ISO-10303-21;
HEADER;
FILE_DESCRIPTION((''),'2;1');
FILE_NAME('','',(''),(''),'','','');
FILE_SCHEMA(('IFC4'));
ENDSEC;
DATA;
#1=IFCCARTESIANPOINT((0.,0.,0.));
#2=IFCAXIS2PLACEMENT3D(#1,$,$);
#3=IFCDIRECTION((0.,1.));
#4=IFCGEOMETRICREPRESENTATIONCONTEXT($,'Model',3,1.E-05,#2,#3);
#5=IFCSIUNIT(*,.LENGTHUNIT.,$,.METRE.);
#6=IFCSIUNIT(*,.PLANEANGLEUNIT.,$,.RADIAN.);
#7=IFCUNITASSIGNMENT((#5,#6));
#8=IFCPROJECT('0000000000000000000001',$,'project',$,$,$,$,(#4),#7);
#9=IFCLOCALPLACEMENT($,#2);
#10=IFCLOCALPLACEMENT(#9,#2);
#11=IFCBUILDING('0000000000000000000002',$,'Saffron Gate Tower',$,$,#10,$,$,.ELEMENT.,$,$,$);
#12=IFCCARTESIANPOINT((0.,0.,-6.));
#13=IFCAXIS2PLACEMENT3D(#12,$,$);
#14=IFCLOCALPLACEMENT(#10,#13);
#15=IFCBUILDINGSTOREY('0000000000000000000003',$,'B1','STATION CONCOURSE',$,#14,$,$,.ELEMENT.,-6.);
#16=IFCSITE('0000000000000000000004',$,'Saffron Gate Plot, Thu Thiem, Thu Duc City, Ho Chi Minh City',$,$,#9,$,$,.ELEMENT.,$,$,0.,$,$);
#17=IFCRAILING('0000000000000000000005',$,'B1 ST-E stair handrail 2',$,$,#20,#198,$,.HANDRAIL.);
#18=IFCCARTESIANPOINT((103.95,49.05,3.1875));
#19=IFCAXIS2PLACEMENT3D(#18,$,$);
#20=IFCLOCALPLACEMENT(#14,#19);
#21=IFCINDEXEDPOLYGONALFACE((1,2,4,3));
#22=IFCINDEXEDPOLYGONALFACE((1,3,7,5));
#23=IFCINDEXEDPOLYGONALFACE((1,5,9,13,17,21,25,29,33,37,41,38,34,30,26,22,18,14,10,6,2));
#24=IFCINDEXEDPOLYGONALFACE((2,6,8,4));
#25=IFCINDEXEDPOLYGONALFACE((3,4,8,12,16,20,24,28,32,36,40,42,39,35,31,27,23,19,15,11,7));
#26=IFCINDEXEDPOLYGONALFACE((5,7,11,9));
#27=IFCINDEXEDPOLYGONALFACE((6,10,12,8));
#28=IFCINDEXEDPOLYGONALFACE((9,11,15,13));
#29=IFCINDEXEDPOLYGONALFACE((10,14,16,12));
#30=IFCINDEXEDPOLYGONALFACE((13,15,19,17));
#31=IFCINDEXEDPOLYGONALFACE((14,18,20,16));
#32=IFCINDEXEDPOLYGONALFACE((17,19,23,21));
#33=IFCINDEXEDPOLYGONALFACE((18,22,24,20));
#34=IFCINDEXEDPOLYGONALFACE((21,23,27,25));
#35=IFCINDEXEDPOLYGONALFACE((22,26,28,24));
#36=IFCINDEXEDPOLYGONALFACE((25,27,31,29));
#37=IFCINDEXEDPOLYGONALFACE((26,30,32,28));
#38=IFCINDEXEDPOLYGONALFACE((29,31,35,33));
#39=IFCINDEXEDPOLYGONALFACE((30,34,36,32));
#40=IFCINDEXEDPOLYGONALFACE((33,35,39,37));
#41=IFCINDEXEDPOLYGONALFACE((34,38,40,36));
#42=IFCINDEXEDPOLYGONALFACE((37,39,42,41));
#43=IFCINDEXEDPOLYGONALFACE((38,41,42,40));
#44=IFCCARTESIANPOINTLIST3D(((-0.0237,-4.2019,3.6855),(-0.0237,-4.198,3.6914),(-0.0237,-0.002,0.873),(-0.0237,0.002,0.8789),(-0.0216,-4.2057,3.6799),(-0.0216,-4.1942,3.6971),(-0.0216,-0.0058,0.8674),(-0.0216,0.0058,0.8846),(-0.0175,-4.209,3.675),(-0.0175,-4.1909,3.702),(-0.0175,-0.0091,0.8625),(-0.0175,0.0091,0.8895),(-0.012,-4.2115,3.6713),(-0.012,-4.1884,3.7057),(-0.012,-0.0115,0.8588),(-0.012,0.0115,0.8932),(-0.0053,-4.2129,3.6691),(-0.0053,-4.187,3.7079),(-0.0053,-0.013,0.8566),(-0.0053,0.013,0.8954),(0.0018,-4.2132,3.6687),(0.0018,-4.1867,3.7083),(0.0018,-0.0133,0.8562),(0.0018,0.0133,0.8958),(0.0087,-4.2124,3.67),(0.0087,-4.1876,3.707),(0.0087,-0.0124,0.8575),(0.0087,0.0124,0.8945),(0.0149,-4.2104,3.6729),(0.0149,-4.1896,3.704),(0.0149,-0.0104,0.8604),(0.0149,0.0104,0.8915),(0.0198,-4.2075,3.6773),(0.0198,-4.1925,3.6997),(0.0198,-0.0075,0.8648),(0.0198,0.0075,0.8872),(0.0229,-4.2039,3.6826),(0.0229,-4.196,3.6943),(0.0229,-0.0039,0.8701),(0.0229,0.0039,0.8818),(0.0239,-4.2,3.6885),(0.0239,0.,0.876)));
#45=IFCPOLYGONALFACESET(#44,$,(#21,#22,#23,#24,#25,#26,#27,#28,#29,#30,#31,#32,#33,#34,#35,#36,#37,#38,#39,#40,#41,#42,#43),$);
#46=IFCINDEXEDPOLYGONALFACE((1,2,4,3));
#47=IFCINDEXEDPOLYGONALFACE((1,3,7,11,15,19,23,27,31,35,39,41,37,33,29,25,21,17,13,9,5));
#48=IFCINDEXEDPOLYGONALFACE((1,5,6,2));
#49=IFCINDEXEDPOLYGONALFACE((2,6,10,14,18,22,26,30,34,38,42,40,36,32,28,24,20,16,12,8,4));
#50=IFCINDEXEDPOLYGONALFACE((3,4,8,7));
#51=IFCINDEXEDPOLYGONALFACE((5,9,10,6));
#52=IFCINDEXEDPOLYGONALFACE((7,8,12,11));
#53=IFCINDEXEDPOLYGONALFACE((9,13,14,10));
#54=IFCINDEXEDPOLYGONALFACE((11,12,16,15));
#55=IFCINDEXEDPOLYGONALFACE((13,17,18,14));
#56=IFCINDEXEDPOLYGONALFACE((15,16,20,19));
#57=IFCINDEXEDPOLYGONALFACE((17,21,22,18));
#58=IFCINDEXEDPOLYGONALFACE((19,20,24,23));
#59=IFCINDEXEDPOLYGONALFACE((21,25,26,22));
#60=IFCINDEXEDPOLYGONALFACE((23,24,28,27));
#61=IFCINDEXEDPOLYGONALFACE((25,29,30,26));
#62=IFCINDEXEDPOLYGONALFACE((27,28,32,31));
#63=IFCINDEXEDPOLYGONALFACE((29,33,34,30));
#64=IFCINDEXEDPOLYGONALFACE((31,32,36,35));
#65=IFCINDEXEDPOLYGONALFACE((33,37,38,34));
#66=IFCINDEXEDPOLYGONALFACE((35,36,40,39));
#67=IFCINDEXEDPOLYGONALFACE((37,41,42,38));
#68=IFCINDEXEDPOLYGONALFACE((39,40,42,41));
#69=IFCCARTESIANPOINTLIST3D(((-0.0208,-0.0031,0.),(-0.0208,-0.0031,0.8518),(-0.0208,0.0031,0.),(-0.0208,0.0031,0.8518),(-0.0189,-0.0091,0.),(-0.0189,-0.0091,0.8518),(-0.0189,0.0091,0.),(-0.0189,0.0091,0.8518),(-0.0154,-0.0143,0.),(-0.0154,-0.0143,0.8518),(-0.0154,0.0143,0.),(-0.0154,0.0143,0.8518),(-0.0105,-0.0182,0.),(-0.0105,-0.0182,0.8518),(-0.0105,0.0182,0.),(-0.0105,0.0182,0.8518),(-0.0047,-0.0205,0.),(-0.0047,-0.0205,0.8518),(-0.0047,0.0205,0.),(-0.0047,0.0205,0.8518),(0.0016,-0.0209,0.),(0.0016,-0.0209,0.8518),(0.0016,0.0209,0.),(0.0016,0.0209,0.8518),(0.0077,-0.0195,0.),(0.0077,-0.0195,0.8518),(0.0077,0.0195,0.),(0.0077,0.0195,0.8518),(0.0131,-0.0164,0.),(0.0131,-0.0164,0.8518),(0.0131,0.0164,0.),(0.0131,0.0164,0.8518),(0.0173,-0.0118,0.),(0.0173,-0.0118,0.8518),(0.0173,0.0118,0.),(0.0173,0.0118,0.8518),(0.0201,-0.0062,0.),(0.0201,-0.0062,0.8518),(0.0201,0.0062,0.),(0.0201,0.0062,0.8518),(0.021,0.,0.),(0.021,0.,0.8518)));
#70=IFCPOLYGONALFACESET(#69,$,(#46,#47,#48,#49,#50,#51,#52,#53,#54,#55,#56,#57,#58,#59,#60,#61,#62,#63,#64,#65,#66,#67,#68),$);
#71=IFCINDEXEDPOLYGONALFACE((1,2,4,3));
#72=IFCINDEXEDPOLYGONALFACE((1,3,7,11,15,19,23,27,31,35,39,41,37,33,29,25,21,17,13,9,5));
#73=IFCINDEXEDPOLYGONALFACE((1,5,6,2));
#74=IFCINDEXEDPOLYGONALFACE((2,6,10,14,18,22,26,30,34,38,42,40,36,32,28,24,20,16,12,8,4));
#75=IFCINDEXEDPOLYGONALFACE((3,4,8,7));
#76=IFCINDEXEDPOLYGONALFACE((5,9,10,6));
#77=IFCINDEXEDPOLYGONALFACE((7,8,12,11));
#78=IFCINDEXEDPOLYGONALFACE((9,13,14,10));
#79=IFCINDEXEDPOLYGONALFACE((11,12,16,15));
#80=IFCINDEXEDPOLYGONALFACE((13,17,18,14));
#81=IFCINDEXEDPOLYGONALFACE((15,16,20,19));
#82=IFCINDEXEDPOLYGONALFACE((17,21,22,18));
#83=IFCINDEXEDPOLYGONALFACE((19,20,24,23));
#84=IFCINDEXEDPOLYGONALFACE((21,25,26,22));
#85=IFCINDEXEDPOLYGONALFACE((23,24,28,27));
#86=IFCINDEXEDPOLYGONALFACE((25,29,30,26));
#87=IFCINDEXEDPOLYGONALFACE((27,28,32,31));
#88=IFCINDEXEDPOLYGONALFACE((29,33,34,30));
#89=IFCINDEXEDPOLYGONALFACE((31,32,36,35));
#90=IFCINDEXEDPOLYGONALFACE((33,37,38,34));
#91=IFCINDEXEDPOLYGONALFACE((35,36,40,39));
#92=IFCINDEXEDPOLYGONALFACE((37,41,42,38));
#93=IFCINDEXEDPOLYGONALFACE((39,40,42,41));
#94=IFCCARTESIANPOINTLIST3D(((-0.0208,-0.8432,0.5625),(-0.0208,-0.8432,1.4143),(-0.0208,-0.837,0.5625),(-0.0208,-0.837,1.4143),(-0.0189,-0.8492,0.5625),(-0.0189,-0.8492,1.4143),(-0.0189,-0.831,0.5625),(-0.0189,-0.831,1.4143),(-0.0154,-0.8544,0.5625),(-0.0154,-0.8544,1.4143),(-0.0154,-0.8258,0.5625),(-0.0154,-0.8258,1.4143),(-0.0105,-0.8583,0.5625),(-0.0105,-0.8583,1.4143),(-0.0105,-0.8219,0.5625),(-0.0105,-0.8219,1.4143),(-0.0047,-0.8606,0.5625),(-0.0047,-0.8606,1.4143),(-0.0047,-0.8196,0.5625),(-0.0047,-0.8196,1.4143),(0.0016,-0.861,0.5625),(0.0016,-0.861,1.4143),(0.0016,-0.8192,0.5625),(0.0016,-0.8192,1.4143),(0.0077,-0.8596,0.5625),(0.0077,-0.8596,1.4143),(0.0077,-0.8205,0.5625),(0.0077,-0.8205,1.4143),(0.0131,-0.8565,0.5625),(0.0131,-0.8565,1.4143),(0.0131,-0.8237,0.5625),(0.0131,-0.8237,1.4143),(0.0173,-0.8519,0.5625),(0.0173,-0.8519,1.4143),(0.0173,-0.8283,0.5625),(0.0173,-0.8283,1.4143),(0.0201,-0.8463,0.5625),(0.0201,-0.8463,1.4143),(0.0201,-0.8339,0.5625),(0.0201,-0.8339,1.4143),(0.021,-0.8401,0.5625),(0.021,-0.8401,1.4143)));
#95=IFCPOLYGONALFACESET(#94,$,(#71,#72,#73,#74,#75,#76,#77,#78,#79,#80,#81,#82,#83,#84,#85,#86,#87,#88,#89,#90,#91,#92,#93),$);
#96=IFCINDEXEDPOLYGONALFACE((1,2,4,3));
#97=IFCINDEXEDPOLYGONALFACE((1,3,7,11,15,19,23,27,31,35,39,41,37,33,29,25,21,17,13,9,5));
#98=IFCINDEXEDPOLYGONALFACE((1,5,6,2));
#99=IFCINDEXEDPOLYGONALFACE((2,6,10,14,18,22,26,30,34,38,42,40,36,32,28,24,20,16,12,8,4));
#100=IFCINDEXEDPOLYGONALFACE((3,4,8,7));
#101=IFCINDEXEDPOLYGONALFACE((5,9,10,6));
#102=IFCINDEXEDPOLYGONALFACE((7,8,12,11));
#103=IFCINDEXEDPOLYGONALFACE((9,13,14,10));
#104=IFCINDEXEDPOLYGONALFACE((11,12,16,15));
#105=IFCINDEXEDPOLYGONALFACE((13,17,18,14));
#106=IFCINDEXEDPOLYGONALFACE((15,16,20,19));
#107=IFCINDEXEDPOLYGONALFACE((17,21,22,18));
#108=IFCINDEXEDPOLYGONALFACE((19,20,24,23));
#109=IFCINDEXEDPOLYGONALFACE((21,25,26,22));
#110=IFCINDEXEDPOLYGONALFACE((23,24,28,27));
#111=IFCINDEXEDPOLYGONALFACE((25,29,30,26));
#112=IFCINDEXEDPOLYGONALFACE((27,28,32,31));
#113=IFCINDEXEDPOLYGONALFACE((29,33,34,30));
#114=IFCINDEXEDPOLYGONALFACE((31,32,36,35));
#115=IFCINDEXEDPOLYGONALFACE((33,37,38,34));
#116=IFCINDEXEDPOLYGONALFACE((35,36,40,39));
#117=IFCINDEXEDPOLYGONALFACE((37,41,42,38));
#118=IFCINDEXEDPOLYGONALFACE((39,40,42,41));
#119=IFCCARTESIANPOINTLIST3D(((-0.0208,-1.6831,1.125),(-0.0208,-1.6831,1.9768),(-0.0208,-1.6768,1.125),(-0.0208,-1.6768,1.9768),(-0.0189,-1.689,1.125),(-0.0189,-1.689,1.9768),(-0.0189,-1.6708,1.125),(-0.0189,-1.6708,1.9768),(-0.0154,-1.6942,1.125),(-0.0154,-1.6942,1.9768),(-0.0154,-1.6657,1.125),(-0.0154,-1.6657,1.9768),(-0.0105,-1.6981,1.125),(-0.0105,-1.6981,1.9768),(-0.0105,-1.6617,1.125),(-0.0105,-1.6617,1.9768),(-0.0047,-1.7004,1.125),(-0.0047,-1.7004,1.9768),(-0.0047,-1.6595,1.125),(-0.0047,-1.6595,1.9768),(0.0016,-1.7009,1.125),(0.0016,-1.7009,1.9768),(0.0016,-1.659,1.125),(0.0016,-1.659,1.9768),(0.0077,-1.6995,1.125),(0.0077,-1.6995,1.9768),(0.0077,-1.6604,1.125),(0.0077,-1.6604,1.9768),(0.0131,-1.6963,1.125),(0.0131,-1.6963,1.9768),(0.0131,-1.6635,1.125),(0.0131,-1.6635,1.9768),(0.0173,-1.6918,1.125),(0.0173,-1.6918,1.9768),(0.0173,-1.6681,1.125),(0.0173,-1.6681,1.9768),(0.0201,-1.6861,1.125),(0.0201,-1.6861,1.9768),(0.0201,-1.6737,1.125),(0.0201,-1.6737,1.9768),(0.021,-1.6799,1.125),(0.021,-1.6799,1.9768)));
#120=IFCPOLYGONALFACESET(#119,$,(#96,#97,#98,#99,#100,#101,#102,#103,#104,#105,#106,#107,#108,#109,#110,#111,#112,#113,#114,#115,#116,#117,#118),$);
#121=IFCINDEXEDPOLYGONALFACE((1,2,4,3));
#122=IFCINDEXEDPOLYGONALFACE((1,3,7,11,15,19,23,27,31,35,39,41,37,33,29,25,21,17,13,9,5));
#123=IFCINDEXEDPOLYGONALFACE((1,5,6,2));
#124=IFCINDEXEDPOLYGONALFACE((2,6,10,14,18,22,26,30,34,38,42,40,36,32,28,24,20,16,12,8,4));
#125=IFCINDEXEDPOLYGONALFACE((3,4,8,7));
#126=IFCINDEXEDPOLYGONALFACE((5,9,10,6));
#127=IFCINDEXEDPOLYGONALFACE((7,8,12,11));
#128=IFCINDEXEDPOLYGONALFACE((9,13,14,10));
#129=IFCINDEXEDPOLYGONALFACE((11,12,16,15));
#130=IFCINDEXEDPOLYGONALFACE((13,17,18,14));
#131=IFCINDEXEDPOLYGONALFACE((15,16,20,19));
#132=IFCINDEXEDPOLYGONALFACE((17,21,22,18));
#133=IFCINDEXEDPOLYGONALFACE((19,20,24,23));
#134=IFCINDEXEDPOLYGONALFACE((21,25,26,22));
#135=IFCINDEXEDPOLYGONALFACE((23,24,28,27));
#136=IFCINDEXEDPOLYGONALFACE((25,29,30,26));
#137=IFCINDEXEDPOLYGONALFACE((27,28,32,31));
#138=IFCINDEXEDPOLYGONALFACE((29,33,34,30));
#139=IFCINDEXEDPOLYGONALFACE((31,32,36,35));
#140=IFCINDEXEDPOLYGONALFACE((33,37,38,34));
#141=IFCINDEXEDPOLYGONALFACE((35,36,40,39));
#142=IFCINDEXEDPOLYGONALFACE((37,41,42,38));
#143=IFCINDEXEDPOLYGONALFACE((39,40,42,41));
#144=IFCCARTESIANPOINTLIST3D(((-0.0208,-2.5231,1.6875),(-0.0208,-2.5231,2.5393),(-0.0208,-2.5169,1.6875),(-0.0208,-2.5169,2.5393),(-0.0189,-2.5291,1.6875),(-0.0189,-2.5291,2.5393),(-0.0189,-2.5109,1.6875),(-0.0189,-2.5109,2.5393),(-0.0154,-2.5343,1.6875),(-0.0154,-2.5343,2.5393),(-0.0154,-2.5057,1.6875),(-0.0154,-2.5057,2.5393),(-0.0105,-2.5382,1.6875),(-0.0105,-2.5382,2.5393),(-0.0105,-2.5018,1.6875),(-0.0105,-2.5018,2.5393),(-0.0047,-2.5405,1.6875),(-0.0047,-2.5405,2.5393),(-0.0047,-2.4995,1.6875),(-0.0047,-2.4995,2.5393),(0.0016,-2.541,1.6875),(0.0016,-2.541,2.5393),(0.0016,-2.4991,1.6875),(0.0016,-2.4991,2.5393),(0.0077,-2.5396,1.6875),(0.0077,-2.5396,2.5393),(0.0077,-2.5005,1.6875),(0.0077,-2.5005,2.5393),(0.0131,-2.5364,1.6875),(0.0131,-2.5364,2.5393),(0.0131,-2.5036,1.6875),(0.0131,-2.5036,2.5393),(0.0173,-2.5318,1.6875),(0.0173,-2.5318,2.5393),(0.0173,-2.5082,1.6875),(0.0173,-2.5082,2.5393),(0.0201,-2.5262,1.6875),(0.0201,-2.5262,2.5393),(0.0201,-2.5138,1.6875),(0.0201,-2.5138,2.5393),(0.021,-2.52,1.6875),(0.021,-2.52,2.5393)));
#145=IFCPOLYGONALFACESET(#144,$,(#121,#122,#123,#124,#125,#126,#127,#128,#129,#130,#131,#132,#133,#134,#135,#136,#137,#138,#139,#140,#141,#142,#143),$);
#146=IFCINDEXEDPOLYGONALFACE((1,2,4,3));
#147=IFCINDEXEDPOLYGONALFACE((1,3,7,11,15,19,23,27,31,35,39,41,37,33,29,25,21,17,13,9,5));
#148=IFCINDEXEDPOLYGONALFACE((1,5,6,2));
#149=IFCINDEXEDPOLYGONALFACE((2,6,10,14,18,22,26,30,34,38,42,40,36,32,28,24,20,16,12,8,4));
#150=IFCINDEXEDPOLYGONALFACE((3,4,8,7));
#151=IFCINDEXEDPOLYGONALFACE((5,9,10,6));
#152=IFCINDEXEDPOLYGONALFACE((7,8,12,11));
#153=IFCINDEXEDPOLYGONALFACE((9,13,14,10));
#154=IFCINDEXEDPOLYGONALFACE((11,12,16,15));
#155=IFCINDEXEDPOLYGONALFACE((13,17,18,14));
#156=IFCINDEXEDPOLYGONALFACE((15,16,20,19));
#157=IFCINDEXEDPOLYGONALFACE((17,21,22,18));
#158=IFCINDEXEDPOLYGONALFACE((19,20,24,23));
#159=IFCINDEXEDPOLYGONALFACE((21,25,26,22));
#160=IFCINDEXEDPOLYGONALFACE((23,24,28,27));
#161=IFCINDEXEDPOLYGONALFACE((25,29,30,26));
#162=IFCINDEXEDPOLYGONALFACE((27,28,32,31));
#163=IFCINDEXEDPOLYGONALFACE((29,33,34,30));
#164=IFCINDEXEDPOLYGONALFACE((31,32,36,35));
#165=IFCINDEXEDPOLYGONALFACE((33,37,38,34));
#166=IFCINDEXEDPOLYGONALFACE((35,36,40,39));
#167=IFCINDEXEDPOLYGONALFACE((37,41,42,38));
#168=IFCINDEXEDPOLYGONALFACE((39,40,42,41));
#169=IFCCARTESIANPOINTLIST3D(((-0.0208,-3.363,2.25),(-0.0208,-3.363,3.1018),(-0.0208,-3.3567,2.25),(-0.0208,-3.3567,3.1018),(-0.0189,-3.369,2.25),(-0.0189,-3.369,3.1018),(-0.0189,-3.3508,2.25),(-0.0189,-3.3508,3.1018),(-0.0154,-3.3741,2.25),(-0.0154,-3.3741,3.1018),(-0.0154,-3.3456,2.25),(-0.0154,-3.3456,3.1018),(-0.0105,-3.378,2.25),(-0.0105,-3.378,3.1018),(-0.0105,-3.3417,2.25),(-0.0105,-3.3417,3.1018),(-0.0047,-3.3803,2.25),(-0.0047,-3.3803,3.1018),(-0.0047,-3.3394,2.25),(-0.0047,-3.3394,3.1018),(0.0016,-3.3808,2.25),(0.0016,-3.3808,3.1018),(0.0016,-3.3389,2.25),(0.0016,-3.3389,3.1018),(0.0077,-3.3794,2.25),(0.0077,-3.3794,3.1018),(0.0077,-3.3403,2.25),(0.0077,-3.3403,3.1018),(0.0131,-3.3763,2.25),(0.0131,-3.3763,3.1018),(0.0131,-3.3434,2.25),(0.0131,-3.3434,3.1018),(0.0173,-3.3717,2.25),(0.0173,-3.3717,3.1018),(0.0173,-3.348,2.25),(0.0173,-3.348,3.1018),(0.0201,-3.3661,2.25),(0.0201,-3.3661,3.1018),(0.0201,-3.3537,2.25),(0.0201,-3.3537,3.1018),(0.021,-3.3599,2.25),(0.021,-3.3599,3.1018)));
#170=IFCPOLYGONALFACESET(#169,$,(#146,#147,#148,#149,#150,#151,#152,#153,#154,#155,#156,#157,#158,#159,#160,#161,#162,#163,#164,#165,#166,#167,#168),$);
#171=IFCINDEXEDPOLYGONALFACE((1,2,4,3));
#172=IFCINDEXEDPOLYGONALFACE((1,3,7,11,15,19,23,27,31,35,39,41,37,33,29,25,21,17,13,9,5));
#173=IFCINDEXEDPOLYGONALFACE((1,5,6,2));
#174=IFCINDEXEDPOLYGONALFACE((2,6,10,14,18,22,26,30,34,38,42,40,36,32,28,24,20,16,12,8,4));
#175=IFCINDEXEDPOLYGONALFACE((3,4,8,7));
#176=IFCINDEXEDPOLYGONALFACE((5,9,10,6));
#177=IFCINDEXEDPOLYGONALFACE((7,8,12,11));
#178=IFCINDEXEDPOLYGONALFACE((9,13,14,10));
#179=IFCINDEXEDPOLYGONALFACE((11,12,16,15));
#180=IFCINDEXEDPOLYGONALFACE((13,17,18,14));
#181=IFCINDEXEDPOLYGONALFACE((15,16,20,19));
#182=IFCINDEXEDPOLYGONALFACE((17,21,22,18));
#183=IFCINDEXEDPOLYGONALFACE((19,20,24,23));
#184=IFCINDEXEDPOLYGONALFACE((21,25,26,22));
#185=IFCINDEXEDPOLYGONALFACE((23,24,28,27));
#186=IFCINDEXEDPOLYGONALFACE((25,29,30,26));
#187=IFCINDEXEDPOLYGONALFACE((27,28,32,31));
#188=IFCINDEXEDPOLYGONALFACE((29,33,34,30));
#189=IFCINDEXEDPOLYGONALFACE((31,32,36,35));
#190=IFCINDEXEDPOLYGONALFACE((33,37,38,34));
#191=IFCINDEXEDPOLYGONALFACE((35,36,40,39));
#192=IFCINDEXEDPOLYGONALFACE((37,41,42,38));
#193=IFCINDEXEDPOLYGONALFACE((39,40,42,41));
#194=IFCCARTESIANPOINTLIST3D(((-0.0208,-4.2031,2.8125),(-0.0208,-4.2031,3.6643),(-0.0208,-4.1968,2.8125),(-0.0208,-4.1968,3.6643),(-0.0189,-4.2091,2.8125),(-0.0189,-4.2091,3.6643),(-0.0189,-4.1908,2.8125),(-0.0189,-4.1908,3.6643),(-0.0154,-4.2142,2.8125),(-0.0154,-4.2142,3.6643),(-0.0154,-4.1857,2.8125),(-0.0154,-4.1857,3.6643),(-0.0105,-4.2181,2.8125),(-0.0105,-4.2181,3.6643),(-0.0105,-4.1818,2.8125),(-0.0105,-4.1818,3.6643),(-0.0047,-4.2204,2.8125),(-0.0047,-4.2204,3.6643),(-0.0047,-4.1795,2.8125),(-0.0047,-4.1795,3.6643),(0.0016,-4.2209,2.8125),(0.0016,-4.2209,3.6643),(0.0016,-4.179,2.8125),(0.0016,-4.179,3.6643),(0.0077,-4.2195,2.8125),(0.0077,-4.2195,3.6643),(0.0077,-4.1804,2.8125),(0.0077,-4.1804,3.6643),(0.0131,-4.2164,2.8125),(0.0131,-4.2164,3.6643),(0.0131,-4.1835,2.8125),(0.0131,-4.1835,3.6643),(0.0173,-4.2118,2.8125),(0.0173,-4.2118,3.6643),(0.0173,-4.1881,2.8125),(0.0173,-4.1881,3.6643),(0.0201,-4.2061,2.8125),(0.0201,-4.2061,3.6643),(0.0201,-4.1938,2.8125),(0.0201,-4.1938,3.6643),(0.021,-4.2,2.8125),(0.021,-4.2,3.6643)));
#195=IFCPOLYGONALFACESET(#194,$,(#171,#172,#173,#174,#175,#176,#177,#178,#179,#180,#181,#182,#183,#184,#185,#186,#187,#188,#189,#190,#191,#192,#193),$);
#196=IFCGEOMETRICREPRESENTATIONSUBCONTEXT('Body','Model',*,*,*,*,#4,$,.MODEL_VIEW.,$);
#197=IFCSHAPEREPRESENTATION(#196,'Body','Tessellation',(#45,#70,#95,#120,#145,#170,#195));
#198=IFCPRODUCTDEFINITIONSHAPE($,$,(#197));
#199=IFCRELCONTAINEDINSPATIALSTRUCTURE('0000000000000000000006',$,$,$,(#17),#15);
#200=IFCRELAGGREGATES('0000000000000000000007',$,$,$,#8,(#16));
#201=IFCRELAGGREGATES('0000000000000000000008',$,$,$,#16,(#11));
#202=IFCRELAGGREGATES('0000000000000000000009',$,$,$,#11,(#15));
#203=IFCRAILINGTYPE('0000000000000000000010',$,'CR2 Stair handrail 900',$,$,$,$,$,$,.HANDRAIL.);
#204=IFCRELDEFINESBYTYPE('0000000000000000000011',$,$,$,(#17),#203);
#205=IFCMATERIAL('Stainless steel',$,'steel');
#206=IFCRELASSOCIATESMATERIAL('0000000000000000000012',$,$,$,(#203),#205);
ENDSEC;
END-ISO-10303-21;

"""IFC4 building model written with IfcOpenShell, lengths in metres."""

from ifc_helpers import new_model, si_unit, direction, frame, origin, origin_2d, place, context, subcontext, project, spatial, circle, extrude, material, type_object, element, save


model = new_model("IFC4")

# Units and contexts
model_context = context("Model", 3, precision=1e-05, world=origin(), true_north=direction((0.0, 1.0)))
body_context = subcontext(model_context, "Body", "Model", "MODEL_VIEW")
ifc_project = project(units=[si_unit("LENGTHUNIT", "METRE"), si_unit("PLANEANGLEUNIT", "RADIAN")], contexts=[model_context])

# Site, building, storey
site_placement = place(None, origin())
site = spatial("IfcSite", under=ifc_project, at=site_placement, Name="Saffron Gate Plot, Thu Thiem, Thu Duc City, Ho Chi Minh City", CompositionType="ELEMENT", RefElevation=0.0)
building_placement = place(site_placement, origin())
building = spatial("IfcBuilding", under=site, at=building_placement, Name="Saffron Gate Tower", CompositionType="ELEMENT")
storey_placement = place(building_placement, frame((0.0, 0.0, -6.0)))
storey = spatial("IfcBuildingStorey", under=building, at=storey_placement, Name="B1", Description="STATION CONCOURSE", CompositionType="ELEMENT", Elevation=-6.0)

# Railing
ifc_material_1 = material(Name="Stainless steel", Category="steel")
railing_type = type_object("IfcRailingType", Name="CR2 Stair handrail 900", PredefinedType="HANDRAIL", material=ifc_material_1)
railing_placement = place(storey_placement, frame((103.95, 49.05, 3.1875)))
element("IfcRailing", 1, at=railing_placement, inside=storey, type_object=railing_type, Name="B1 ST-E stair handrail 2", PredefinedType="HANDRAIL", context=body_context, shape_type="SweptSolid", body=[
    extrude(circle(Radius=0.0239, at=origin_2d()), frame((0.0, 0.0, 0.876), z_axis=(0.0, -0.830904, 0.556416), x_axis=(1.0, 0.0, 0.0)), (0.0, 0.0, 1.0), 5.0547),
    extrude(circle(Radius=0.021, at=origin_2d()), origin(), (0.0, 0.0, 1.0), 0.8518),
    extrude(circle(Radius=0.021, at=origin_2d()), frame((0.0, -0.8401, 0.5625)), (0.0, 0.0, 1.0), 0.8518),
    extrude(circle(Radius=0.021, at=origin_2d()), frame((0.0, -1.6799, 1.125)), (0.0, 0.0, 1.0), 0.8518),
    extrude(circle(Radius=0.021, at=origin_2d()), frame((0.0, -2.52, 1.6875)), (0.0, 0.0, 1.0), 0.8518),
    extrude(circle(Radius=0.021, at=origin_2d()), frame((0.0, -3.3599, 2.25)), (0.0, 0.0, 1.0), 0.8518),
    extrude(circle(Radius=0.021, at=origin_2d()), frame((0.0, -4.2, 2.8125)), (0.0, 0.0, 1.0), 0.8518),
])

save(model, "model.ifc")
